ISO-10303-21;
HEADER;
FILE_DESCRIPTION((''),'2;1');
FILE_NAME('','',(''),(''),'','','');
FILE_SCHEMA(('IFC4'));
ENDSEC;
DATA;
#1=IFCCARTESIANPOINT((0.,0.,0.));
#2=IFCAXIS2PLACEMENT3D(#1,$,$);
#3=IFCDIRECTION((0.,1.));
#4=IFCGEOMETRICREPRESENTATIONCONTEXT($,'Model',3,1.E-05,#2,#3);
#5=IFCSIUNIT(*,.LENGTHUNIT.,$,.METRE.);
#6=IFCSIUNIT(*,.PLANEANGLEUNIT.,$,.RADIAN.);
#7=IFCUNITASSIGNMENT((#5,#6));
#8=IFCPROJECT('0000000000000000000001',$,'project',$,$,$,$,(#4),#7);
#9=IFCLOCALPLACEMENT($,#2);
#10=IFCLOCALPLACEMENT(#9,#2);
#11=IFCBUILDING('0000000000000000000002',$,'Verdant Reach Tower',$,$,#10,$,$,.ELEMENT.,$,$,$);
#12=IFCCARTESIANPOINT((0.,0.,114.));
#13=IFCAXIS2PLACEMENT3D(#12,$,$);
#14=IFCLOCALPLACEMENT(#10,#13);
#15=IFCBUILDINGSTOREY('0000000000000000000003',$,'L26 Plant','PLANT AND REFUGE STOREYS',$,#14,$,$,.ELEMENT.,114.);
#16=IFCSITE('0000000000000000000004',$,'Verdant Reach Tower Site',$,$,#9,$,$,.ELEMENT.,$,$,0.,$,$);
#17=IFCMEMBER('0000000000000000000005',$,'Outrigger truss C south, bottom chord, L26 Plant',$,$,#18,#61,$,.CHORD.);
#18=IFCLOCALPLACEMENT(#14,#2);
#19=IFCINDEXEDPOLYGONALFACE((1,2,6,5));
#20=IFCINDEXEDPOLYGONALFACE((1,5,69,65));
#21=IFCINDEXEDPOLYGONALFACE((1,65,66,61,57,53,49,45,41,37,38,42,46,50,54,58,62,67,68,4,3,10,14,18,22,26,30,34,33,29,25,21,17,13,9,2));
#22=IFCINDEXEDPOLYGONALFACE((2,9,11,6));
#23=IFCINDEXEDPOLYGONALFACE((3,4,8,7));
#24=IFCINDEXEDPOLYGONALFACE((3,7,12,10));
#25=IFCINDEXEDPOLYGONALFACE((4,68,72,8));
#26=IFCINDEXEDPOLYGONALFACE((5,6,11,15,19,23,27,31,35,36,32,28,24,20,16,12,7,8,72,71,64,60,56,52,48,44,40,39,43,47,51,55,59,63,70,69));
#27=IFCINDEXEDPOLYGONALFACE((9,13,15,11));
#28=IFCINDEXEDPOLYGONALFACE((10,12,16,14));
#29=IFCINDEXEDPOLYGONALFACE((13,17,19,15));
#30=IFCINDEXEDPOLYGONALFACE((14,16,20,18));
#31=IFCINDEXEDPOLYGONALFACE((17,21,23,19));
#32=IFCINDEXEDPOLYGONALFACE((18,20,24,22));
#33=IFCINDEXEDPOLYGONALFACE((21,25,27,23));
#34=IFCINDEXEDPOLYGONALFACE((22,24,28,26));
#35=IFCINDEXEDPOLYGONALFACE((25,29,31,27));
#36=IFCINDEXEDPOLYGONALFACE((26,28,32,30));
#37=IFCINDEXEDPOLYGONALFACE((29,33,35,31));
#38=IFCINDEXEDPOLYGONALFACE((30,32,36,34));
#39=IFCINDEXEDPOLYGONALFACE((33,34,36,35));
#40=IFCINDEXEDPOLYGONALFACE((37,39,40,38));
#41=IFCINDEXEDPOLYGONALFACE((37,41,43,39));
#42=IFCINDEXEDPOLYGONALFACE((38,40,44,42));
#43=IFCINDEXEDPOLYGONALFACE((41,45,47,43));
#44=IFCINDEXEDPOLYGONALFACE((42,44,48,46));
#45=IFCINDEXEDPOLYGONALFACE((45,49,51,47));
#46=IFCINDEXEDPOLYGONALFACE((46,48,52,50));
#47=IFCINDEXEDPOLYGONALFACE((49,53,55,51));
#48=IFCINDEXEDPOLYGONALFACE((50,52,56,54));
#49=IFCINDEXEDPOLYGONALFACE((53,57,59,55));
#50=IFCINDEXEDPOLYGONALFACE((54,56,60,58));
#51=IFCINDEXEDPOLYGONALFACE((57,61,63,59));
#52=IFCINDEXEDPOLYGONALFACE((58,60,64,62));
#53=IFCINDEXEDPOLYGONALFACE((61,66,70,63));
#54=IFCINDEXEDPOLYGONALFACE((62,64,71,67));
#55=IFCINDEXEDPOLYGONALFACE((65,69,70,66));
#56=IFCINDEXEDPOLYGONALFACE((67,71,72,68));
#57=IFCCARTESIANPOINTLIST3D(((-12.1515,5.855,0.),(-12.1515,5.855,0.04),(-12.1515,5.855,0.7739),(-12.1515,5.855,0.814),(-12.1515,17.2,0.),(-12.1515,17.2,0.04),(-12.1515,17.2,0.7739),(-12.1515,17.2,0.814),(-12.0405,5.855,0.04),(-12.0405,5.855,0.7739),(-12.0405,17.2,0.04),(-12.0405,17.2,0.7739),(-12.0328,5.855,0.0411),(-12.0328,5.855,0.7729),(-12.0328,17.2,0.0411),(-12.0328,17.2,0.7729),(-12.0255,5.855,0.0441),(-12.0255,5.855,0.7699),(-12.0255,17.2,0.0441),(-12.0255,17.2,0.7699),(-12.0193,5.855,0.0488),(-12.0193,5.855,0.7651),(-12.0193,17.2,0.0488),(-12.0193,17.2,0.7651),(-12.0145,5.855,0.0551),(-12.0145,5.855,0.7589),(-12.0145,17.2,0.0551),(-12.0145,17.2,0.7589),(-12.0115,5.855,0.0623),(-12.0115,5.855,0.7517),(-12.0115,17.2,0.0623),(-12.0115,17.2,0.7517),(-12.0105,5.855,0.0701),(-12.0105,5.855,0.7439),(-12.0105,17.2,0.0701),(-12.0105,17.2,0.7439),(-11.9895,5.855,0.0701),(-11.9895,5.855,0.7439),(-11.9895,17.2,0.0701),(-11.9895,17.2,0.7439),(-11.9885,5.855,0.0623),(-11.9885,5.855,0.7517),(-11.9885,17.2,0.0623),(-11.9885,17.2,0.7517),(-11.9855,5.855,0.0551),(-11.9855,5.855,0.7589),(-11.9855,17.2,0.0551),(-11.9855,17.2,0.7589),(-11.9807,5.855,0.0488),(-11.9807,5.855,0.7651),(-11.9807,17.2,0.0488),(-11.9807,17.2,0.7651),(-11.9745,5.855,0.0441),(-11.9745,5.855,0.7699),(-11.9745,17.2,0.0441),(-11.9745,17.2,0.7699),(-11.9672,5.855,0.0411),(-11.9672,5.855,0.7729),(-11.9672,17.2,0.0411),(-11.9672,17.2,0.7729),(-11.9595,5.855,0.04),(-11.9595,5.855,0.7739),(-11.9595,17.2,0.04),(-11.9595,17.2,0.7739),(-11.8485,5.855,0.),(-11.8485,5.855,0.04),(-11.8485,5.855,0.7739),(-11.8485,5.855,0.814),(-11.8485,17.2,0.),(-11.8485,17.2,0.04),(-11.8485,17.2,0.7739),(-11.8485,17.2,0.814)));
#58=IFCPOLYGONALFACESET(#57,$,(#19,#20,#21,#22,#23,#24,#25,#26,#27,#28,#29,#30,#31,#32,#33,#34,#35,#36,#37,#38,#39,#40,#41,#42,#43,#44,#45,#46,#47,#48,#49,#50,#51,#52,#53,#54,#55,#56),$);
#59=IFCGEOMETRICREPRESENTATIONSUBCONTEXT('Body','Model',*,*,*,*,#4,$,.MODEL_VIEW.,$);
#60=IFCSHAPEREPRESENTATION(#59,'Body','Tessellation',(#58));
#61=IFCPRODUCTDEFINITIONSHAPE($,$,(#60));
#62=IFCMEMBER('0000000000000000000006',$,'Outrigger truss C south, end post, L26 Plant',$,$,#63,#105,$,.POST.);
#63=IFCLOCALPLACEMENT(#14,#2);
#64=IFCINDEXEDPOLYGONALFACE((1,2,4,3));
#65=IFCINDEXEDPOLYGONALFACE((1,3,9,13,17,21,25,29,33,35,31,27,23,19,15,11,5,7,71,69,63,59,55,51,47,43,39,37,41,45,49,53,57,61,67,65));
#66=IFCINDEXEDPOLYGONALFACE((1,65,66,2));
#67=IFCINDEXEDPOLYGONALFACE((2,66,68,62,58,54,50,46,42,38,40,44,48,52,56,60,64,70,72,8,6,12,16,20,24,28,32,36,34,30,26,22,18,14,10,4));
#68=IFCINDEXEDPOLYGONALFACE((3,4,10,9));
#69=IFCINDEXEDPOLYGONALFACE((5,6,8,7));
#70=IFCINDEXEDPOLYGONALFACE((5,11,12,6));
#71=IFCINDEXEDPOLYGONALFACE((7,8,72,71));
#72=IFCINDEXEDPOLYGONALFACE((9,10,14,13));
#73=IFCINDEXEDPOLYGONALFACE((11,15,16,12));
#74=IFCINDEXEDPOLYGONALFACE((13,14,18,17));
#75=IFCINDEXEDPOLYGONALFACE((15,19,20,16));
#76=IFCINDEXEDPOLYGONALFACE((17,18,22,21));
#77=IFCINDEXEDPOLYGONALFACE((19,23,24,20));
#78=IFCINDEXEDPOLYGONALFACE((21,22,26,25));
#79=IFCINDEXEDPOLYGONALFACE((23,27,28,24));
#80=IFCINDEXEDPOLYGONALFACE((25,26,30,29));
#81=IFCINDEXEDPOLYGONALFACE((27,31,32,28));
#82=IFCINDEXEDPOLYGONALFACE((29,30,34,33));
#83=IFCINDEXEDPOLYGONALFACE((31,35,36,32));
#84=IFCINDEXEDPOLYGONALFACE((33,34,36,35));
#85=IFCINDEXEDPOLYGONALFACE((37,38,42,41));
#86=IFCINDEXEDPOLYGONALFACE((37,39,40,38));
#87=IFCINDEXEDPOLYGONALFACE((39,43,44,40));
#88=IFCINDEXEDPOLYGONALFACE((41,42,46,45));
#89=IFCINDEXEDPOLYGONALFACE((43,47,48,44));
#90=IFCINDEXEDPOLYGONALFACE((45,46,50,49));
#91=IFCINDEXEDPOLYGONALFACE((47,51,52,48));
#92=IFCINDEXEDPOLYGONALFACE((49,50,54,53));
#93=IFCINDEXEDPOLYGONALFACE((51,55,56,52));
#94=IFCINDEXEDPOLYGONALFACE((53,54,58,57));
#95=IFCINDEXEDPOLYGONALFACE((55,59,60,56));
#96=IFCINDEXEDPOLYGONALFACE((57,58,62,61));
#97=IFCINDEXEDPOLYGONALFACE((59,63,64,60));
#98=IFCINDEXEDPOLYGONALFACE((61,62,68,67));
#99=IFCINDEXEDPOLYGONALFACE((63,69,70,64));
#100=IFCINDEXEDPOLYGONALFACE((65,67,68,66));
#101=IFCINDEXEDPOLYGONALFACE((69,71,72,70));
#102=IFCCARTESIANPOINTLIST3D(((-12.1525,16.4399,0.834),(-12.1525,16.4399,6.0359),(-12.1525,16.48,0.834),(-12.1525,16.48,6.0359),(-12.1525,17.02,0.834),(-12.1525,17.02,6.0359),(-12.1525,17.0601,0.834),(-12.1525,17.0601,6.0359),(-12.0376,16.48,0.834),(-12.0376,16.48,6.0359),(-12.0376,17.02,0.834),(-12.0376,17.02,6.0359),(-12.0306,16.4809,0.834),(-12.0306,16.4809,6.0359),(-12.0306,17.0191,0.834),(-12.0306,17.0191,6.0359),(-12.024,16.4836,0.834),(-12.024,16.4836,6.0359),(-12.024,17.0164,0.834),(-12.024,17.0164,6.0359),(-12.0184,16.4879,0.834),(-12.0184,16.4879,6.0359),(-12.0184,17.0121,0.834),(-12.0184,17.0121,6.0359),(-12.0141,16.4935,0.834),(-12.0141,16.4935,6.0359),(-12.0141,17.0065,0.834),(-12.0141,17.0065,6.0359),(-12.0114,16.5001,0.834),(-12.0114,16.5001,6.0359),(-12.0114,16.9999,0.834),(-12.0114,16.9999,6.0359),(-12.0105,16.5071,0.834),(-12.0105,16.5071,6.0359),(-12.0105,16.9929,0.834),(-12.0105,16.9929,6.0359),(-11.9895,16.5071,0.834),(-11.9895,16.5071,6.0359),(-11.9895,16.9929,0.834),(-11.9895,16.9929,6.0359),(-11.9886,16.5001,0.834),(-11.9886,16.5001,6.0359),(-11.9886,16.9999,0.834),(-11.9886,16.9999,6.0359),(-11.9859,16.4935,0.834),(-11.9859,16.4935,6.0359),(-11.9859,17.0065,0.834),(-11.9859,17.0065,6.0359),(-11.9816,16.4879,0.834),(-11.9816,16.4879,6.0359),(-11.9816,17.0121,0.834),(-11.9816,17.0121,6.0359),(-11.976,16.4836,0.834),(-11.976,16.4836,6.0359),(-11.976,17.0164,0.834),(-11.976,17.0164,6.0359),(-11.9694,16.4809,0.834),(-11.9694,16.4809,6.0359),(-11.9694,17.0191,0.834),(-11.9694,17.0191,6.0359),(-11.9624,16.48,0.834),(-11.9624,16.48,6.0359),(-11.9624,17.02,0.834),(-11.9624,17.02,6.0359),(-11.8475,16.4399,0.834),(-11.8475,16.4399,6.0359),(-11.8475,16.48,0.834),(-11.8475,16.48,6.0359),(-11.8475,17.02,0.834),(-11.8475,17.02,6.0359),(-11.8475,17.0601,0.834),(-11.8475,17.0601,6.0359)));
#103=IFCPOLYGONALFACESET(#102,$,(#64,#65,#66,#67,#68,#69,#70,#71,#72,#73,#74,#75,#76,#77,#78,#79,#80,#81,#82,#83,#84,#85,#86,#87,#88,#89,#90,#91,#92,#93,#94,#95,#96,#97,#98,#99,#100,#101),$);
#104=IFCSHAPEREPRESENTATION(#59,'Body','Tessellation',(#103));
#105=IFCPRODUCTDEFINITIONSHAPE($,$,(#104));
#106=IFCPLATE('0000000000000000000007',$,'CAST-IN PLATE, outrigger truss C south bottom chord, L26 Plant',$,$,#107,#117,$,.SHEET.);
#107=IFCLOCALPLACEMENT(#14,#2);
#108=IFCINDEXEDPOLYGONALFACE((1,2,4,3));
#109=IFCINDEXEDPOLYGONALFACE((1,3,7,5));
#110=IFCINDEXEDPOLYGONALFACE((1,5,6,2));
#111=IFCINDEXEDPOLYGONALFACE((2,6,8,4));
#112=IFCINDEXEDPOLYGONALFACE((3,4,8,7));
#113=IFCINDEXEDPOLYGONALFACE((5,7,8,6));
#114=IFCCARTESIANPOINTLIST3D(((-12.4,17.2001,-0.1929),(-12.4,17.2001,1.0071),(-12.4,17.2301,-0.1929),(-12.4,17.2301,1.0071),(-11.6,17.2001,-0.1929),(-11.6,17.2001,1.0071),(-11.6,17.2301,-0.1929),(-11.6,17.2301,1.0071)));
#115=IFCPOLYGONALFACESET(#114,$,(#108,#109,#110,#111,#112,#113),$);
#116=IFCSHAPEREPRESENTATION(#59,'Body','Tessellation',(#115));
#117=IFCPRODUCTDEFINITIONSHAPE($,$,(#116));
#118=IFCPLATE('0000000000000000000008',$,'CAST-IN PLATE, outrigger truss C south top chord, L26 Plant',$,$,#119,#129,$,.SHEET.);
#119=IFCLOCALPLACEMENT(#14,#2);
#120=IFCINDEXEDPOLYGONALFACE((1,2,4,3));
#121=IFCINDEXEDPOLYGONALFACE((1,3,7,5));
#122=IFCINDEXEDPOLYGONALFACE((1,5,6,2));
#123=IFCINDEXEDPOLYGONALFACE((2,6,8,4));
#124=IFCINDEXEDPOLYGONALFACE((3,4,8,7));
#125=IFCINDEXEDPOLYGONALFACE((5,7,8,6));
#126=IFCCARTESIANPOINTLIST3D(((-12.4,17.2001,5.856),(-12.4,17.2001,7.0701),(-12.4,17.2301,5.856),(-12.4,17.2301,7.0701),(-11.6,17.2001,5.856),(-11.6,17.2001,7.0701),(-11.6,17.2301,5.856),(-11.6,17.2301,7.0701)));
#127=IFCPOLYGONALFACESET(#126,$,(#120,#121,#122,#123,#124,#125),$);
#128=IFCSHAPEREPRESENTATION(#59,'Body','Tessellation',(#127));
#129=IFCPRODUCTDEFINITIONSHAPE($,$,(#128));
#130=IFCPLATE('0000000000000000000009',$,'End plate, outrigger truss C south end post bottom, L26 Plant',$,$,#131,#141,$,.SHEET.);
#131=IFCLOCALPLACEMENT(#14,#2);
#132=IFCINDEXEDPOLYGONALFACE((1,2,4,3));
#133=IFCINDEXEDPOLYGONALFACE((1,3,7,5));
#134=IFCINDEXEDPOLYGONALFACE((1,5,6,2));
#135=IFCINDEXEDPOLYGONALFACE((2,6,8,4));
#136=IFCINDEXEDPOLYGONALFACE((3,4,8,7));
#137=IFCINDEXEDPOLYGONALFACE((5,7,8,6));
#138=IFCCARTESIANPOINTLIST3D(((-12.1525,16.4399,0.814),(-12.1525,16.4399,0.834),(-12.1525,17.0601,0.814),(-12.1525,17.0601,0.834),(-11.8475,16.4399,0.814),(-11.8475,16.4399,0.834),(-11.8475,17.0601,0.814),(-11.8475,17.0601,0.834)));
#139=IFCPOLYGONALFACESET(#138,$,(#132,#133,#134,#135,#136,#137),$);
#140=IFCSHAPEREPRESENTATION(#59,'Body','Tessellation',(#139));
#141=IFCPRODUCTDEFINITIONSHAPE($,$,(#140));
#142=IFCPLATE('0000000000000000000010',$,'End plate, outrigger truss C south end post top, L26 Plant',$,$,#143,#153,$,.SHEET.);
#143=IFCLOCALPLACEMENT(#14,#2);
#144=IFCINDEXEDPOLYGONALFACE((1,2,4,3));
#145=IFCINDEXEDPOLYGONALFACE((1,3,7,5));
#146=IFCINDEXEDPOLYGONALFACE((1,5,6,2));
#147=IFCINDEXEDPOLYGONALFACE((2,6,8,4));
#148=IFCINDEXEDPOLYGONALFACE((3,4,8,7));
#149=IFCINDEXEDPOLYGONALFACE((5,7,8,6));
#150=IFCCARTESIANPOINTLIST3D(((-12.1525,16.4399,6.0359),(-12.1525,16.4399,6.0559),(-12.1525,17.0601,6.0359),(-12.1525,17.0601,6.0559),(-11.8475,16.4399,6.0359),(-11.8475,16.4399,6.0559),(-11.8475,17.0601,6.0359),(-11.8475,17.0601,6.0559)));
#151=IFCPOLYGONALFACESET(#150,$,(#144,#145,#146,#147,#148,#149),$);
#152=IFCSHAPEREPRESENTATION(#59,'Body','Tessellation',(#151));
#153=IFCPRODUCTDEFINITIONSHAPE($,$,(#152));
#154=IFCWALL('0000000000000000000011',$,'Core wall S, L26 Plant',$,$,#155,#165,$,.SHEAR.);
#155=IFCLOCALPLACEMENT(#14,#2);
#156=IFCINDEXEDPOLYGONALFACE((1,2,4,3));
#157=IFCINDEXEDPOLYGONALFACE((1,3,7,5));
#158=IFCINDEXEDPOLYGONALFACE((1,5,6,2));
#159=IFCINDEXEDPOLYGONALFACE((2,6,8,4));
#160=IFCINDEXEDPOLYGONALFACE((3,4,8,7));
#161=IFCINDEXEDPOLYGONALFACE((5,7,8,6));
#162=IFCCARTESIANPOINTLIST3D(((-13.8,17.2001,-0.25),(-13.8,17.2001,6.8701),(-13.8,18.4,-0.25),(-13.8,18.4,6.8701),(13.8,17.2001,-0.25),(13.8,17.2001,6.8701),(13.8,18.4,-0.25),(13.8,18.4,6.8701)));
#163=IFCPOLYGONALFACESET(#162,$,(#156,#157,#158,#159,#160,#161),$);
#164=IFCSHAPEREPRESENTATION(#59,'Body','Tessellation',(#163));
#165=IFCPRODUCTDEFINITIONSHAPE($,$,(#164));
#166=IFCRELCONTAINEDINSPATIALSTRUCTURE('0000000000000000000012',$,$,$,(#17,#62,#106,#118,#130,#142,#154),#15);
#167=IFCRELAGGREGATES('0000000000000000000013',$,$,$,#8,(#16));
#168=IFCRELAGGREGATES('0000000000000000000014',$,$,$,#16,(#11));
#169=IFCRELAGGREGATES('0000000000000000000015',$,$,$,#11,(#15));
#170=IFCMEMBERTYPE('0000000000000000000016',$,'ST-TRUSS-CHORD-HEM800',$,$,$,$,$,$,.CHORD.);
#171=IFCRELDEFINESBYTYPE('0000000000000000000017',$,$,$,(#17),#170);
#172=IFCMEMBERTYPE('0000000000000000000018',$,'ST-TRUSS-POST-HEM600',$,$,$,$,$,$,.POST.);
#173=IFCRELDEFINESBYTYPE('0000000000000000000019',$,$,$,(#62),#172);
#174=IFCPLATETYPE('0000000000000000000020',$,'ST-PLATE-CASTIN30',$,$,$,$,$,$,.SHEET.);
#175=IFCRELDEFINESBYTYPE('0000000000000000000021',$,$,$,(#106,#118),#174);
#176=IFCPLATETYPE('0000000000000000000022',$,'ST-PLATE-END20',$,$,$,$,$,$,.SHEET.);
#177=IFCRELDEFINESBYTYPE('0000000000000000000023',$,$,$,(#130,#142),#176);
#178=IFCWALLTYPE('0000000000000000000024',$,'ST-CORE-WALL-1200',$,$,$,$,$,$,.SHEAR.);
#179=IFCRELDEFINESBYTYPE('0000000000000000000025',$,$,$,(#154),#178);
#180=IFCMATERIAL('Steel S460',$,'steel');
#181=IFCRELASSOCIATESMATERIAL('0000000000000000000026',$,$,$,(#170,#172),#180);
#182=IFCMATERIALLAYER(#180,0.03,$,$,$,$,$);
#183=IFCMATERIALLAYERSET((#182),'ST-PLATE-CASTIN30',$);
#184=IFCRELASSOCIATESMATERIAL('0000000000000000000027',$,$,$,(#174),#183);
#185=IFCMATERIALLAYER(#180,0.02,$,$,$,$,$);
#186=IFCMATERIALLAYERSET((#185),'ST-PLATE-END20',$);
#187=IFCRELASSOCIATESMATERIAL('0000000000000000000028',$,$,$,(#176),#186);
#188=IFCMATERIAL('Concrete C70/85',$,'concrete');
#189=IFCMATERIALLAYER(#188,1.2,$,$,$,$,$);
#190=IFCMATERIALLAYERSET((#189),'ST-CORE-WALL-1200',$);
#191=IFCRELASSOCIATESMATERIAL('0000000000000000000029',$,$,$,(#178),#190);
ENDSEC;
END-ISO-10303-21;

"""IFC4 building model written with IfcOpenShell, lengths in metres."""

from ifc_helpers import new_model, si_unit, direction, frame, frame_2d, origin, origin_2d, place, context, subcontext, project, spatial, rectangle, i_section, extrude, material, layer, layer_set, material_profile, profile_set, type_object, element, save


model = new_model("IFC4")

# Units and contexts
model_context = context("Model", 3, precision=1e-05, world=origin(), true_north=direction((0.0, 1.0)))
body_context = subcontext(model_context, "Body", "Model", "MODEL_VIEW")
ifc_project = project(units=[si_unit("LENGTHUNIT", "METRE"), si_unit("PLANEANGLEUNIT", "RADIAN")], contexts=[model_context])

# Site, building, storey
site_placement = place(None, origin())
site = spatial("IfcSite", under=ifc_project, at=site_placement, Name="Verdant Reach Tower Site", CompositionType="ELEMENT", RefElevation=0.0)
building_placement = place(site_placement, origin())
building = spatial("IfcBuilding", under=site, at=building_placement, Name="Verdant Reach Tower", CompositionType="ELEMENT")
storey_placement = place(building_placement, frame((0.0, 0.0, 114.0)))
storey = spatial("IfcBuildingStorey", under=building, at=storey_placement, Name="L26 Plant", Description="PLANT AND REFUGE STOREYS", CompositionType="ELEMENT", Elevation=114.0)

# Members
ifc_material_1 = material(Name="Steel S460", Category="steel")
ifc_material_profile_1 = material_profile(ifc_material_1, i_section(OverallWidth=0.303, OverallDepth=0.814, WebThickness=0.021, FlangeThickness=0.04, FilletRadius=0.03, at=origin_2d()), Name="HEM 800")
ifc_profile_set_1 = profile_set([ifc_material_profile_1], Name="Steel S460")
member_type_1 = type_object("IfcMemberType", Name="ST-TRUSS-CHORD-HEM800", PredefinedType="CHORD", material=ifc_profile_set_1)
member_1_placement = place(storey_placement, frame((-12.0, 17.2, 0.407), z_axis=(0.0, -1.0, 0.0), x_axis=(1.0, 0.0, 0.0)))
element("IfcMember", 1, at=member_1_placement, inside=storey, type_object=member_type_1, Name="Outrigger truss C south, bottom chord, L26 Plant", PredefinedType="CHORD", context=body_context, shape_type="SweptSolid", body=[
    extrude(i_section(OverallWidth=0.303, OverallDepth=0.814, WebThickness=0.021, FlangeThickness=0.04, FilletRadius=0.03, at=origin_2d()), origin(), (0.0, 0.0, 1.0), 11.345),
])
ifc_material_profile_2 = material_profile(ifc_material_1, i_section(OverallWidth=0.3049, OverallDepth=0.6201, WebThickness=0.021, FlangeThickness=0.04, FilletRadius=0.0271, at=origin_2d()), Name="HEM 600")
ifc_profile_set_2 = profile_set([ifc_material_profile_2], Name="Steel S460")
member_type_2 = type_object("IfcMemberType", Name="ST-TRUSS-POST-HEM600", PredefinedType="POST", material=ifc_profile_set_2)
member_2_placement = place(storey_placement, frame((-12.0, 16.75, 0.834), z_axis=(0.0, 0.0, 1.0), x_axis=(1.0, 0.0, 0.0)))
element("IfcMember", 2, at=member_2_placement, inside=storey, type_object=member_type_2, Name="Outrigger truss C south, end post, L26 Plant", PredefinedType="POST", context=body_context, shape_type="SweptSolid", body=[
    extrude(i_section(OverallWidth=0.3049, OverallDepth=0.6201, WebThickness=0.021, FlangeThickness=0.04, FilletRadius=0.0271, at=origin_2d()), origin(), (0.0, 0.0, 1.0), 5.2019),
])

# Plates
ifc_layer_1 = layer(ifc_material_1, 0.03)
ifc_layer_set_1 = layer_set([ifc_layer_1], Name="ST-PLATE-CASTIN30")
plate_type_1 = type_object("IfcPlateType", Name="ST-PLATE-CASTIN30", PredefinedType="SHEET", material=ifc_layer_set_1)
plate_1_placement = place(storey_placement, frame((-12.0, 17.2151, -0.1929), z_axis=(0.0, 0.0, 1.0), x_axis=(1.0, 0.0, 0.0)))
element("IfcPlate", 3, at=plate_1_placement, inside=storey, type_object=plate_type_1, Name="CAST-IN PLATE, outrigger truss C south bottom chord, L26 Plant", PredefinedType="SHEET", context=body_context, shape_type="SweptSolid", body=[
    extrude(rectangle(XDim=0.8, YDim=0.03, at=origin_2d()), origin(), (0.0, 0.0, 1.0), 1.2),
])
plate_2_placement = place(storey_placement, frame((-12.0, 17.2151, 5.856), z_axis=(0.0, 0.0, 1.0), x_axis=(1.0, 0.0, 0.0)))
element("IfcPlate", 4, at=plate_2_placement, inside=storey, type_object=plate_type_1, Name="CAST-IN PLATE, outrigger truss C south top chord, L26 Plant", PredefinedType="SHEET", context=body_context, shape_type="SweptSolid", body=[
    extrude(rectangle(XDim=0.8, YDim=0.03, at=origin_2d()), origin(), (0.0, 0.0, 1.0), 1.2141),
])
ifc_layer_2 = layer(ifc_material_1, 0.02)
ifc_layer_set_2 = layer_set([ifc_layer_2], Name="ST-PLATE-END20")
plate_type_2 = type_object("IfcPlateType", Name="ST-PLATE-END20", PredefinedType="SHEET", material=ifc_layer_set_2)
for number, where, z_axis, x_axis, name in (
    (5, (-12.0, 16.75, 0.814), (0.0, 0.0, 1.0), (1.0, 0.0, 0.0), "End plate, outrigger truss C south end post bottom, L26 Plant"),
    (6, (-12.0, 16.75, 6.0359), (0.0, 0.0, 1.0), (1.0, 0.0, 0.0), "End plate, outrigger truss C south end post top, L26 Plant"),
):
    element("IfcPlate", number, at=place(storey_placement, frame(where, z_axis=z_axis, x_axis=x_axis)), inside=storey, type_object=plate_type_2, Name=name, PredefinedType="SHEET", context=body_context, shape_type="SweptSolid", body=[
        extrude(rectangle(XDim=0.3049, YDim=0.6201, at=origin_2d()), origin(), (0.0, 0.0, 1.0), 0.02),
    ])

# Wall
ifc_material_2 = material(Name="Concrete C70/85", Category="concrete")
ifc_layer_3 = layer(ifc_material_2, 1.2)
ifc_layer_set_3 = layer_set([ifc_layer_3], Name="ST-CORE-WALL-1200")
wall_type_1 = type_object("IfcWallType", Name="ST-CORE-WALL-1200", PredefinedType="SHEAR", material=ifc_layer_set_3)
wall_1_placement = place(storey_placement, frame((-13.8, 17.8, -0.25), z_axis=(0.0, 0.0, 1.0), x_axis=(1.0, 0.0, 0.0)))
element("IfcWall", 7, at=wall_1_placement, inside=storey, type_object=wall_type_1, Name="Core wall S, L26 Plant", PredefinedType="SHEAR", context=body_context, shape_type="SweptSolid", body=[
    extrude(rectangle(XDim=27.6001, YDim=1.2, at=frame_2d((13.8, 0.0))), origin(), (0.0, 0.0, 1.0), 7.1201),
])

save(model, "model.ifc")
